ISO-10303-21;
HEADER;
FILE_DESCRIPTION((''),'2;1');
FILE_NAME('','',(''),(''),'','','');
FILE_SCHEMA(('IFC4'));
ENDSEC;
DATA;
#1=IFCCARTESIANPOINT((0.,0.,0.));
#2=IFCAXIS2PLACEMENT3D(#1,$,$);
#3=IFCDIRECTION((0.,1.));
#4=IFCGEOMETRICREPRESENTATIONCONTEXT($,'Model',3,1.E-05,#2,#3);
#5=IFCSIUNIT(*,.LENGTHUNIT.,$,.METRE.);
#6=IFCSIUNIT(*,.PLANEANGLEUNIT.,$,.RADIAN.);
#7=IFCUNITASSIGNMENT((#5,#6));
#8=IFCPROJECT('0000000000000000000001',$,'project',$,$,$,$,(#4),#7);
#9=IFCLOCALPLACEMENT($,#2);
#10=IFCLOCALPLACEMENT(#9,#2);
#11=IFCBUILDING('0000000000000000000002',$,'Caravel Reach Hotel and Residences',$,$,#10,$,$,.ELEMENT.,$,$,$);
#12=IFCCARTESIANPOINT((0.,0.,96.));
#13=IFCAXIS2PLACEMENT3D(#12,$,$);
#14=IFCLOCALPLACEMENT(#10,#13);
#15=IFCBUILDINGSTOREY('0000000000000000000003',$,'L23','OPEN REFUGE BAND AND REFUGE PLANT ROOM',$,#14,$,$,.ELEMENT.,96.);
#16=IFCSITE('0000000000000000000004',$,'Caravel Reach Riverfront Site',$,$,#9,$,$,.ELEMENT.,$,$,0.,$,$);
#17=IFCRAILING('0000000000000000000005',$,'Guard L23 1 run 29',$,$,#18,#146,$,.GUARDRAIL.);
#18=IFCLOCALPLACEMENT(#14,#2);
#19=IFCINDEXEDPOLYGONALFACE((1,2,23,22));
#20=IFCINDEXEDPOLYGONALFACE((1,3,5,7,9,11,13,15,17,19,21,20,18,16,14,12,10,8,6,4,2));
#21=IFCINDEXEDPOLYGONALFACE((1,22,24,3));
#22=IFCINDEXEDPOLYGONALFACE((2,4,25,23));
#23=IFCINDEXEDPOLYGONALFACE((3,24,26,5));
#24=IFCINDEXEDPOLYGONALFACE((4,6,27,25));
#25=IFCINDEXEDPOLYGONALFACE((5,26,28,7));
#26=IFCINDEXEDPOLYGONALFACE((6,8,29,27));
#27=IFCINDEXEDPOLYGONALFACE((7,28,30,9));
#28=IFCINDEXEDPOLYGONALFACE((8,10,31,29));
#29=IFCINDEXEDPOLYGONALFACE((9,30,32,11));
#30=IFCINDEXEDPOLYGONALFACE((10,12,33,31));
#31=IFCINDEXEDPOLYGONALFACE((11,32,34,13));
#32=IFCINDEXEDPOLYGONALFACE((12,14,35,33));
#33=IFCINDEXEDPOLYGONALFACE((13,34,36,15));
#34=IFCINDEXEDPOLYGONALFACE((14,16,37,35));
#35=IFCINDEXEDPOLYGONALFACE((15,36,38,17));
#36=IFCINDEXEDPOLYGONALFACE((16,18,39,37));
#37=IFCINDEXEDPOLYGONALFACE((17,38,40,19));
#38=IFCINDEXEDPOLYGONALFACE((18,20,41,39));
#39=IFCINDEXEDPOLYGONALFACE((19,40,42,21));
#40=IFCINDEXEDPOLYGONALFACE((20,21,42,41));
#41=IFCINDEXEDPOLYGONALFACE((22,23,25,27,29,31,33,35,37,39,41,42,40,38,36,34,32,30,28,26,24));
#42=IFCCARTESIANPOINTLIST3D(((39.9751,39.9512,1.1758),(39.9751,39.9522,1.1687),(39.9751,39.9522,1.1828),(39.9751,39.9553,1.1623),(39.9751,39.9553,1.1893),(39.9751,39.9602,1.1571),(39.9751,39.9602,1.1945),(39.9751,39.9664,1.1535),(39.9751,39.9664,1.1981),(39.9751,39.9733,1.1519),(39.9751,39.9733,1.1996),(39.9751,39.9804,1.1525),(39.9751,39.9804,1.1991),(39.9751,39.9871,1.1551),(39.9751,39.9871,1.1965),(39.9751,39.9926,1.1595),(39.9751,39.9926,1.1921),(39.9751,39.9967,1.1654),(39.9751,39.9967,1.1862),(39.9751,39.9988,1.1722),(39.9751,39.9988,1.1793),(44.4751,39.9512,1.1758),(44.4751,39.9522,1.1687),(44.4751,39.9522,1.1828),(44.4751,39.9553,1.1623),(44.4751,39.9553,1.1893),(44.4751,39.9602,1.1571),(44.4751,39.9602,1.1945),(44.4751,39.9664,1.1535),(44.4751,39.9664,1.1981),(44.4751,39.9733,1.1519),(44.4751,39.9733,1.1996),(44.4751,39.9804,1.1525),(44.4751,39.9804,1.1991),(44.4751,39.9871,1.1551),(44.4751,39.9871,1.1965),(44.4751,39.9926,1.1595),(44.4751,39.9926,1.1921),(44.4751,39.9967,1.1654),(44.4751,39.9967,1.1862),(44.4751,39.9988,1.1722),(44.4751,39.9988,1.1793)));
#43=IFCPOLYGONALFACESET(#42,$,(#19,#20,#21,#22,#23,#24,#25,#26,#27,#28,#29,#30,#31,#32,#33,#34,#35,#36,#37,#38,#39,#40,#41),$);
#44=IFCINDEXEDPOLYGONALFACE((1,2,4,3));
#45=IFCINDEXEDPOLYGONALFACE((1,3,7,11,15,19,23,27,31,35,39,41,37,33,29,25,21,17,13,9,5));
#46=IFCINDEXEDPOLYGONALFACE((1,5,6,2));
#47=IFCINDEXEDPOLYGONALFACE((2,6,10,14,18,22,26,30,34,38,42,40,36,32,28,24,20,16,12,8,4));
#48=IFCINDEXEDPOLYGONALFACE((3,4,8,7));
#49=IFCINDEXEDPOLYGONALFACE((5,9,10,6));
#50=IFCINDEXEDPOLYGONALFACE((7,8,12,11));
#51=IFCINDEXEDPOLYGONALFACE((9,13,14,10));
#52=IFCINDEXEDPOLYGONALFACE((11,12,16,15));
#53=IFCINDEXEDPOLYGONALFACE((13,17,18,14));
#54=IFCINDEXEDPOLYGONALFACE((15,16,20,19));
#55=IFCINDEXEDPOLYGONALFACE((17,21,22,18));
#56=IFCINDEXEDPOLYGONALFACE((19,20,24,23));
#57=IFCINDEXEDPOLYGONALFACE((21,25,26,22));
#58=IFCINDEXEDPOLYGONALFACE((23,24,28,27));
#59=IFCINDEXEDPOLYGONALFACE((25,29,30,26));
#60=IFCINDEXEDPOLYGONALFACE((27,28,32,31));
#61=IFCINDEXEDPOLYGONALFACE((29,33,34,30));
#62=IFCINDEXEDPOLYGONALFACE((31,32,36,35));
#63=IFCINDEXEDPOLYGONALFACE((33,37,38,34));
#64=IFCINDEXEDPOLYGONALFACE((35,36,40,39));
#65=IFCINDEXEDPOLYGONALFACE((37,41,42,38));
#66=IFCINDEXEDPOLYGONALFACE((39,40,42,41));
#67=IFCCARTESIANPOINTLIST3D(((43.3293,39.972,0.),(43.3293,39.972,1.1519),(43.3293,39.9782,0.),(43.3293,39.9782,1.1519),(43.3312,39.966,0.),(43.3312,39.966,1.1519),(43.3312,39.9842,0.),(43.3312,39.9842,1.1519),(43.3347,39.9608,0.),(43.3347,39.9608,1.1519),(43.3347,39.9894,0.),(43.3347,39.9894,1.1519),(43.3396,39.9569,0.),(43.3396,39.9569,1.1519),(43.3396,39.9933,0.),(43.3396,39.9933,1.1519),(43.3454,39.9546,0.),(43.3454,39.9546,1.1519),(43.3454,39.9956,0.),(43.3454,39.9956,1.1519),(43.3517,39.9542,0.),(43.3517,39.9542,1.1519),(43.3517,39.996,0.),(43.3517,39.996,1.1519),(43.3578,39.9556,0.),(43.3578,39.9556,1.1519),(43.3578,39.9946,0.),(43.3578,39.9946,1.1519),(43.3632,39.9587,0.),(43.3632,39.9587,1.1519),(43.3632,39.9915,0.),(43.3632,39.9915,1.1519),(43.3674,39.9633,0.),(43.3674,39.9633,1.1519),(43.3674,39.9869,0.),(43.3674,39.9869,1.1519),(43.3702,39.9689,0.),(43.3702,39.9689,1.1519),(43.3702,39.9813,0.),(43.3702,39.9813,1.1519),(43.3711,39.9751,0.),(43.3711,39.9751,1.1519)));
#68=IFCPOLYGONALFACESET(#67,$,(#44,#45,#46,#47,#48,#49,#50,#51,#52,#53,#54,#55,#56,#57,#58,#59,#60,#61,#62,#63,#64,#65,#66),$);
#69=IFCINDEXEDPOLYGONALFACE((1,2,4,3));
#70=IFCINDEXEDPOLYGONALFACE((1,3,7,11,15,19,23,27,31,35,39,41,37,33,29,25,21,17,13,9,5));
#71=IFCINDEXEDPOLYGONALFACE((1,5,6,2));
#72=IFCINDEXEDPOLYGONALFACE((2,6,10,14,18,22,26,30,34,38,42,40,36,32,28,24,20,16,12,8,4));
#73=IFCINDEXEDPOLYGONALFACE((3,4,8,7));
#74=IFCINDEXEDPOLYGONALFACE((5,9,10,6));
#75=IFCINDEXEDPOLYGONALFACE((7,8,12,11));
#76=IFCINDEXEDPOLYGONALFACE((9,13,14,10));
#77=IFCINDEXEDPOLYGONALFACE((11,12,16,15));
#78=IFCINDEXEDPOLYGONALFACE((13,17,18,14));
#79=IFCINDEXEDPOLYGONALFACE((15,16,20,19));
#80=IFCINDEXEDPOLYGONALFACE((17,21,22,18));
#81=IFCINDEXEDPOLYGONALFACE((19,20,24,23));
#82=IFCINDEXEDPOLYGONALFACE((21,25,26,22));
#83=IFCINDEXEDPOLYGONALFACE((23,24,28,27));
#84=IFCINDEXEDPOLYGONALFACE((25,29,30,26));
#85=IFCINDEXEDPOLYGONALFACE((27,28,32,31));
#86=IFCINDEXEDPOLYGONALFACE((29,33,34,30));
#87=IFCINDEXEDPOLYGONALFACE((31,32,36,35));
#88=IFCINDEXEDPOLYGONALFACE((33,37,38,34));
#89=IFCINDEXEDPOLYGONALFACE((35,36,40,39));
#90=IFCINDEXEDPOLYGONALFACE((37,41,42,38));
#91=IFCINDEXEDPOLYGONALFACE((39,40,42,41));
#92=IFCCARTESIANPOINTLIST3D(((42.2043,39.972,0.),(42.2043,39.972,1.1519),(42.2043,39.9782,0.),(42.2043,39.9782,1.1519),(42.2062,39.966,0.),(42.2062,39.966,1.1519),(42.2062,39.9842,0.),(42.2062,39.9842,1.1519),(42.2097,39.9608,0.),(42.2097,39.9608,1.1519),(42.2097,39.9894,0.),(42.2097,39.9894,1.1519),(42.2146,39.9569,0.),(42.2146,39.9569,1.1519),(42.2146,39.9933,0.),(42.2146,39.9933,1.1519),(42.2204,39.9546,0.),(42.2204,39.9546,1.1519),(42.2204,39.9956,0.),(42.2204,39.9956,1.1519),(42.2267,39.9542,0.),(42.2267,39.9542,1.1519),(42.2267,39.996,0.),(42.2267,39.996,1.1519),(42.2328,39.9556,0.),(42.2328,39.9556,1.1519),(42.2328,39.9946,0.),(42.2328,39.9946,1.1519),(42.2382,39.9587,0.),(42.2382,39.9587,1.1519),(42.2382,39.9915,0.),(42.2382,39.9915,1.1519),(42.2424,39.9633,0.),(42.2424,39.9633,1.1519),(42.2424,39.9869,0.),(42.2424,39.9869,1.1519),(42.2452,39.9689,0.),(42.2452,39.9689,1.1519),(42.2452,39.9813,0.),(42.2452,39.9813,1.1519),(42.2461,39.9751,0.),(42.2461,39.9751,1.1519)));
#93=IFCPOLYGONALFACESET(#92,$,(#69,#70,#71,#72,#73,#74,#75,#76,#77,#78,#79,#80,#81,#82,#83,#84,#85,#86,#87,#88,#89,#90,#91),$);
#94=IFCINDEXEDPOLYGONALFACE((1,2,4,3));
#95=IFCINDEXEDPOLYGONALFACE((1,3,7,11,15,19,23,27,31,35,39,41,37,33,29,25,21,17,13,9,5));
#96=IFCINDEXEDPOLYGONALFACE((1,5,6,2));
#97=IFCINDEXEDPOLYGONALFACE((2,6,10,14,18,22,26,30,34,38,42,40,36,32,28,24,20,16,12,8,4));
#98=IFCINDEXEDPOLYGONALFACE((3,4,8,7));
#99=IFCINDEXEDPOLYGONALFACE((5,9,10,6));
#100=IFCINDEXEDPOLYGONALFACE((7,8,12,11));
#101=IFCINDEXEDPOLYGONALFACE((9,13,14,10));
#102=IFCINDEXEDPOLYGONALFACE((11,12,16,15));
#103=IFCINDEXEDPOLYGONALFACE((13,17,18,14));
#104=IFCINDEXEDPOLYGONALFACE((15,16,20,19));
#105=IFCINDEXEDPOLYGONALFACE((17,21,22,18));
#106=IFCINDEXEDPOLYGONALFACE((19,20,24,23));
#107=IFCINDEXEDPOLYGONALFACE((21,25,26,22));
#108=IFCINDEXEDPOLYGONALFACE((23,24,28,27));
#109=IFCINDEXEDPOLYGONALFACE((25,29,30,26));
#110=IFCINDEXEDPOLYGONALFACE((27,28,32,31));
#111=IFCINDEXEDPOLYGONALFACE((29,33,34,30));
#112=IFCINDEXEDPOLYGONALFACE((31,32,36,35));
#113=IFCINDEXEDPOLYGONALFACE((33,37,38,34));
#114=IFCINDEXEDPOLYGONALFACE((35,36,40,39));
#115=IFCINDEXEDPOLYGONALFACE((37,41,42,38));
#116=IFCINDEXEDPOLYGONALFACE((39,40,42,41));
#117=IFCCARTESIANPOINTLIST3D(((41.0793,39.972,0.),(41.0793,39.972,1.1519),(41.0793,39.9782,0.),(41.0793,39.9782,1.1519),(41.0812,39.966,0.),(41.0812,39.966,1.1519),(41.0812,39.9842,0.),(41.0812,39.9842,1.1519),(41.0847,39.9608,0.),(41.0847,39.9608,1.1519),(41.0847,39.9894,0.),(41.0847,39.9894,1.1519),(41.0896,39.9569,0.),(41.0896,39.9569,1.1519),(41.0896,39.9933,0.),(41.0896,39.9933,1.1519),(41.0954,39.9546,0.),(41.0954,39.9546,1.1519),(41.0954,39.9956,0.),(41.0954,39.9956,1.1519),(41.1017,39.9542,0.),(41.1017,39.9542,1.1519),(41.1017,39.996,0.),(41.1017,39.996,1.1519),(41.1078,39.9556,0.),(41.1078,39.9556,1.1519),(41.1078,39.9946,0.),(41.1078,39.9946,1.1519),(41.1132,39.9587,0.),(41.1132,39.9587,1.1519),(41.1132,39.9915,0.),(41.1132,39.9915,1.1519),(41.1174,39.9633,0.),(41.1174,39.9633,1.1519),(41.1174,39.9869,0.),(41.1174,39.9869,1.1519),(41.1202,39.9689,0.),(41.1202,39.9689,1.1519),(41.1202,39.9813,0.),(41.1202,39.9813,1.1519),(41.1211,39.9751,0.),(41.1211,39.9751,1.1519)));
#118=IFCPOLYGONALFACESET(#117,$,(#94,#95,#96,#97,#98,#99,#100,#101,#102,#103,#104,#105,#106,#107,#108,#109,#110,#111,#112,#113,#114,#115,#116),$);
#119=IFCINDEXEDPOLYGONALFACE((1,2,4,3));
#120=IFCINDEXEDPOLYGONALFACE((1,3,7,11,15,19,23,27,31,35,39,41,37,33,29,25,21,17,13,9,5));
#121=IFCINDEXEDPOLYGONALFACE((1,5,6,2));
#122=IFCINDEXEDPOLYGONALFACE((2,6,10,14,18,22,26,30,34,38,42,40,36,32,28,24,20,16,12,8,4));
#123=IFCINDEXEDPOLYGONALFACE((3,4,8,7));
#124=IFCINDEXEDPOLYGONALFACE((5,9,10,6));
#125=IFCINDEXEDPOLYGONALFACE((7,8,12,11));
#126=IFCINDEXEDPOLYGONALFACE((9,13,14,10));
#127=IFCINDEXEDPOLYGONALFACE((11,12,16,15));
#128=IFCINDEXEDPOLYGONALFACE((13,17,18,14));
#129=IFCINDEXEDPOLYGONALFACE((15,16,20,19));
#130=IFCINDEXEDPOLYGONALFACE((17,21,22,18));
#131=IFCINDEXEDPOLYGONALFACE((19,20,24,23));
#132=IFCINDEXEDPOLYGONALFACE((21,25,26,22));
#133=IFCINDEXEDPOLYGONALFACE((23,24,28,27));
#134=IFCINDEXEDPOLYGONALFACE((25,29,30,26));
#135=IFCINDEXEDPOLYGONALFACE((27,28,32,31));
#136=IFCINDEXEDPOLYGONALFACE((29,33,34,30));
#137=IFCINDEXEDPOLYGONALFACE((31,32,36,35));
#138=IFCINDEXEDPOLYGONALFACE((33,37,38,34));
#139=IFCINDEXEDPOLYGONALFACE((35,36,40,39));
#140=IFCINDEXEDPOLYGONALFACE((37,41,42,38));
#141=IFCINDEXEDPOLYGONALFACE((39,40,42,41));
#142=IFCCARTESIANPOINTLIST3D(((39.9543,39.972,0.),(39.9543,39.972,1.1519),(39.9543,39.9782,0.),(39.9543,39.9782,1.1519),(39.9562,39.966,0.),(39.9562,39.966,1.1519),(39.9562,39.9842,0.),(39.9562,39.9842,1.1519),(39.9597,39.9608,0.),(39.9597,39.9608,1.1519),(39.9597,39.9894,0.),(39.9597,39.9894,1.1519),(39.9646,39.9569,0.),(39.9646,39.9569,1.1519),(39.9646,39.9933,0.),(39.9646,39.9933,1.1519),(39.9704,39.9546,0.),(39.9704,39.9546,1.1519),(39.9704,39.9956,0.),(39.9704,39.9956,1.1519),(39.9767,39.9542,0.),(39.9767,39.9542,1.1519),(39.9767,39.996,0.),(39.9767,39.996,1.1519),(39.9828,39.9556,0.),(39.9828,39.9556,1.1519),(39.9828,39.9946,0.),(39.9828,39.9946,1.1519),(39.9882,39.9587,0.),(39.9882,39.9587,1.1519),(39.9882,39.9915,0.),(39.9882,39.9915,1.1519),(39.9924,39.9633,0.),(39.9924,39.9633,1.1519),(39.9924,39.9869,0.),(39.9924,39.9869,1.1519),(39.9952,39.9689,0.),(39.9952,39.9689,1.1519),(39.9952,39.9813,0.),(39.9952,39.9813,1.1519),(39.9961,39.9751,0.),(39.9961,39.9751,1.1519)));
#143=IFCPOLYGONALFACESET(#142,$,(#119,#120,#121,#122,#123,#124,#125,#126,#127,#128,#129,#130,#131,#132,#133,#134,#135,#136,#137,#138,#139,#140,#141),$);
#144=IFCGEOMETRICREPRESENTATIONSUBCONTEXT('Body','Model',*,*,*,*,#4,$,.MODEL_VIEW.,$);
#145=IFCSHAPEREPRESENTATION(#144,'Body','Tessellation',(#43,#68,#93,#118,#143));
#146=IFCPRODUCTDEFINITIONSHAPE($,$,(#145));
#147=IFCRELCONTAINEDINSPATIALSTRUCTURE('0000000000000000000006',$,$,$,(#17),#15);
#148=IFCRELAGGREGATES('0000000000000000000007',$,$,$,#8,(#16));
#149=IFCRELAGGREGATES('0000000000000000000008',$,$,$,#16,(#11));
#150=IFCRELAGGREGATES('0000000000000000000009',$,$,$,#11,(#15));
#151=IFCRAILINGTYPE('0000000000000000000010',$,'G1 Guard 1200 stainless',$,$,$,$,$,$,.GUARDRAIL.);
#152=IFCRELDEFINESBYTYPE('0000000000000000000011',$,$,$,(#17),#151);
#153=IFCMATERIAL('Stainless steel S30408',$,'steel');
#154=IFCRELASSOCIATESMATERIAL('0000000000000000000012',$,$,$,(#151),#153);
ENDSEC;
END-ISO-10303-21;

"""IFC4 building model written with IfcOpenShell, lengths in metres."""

from ifc_helpers import new_model, si_unit, direction, frame, origin, origin_2d, place, context, subcontext, project, spatial, circle, extrude, material, type_object, element, save


model = new_model("IFC4")

# Units and contexts
model_context = context("Model", 3, precision=1e-05, world=origin(), true_north=direction((0.0, 1.0)))
body_context = subcontext(model_context, "Body", "Model", "MODEL_VIEW")
ifc_project = project(units=[si_unit("LENGTHUNIT", "METRE"), si_unit("PLANEANGLEUNIT", "RADIAN")], contexts=[model_context])

# Site, building, storey
site_placement = place(None, origin())
site = spatial("IfcSite", under=ifc_project, at=site_placement, Name="Caravel Reach Riverfront Site", CompositionType="ELEMENT", RefElevation=0.0)
building_placement = place(site_placement, origin())
building = spatial("IfcBuilding", under=site, at=building_placement, Name="Caravel Reach Hotel and Residences", CompositionType="ELEMENT")
storey_placement = place(building_placement, frame((0.0, 0.0, 96.0)))
storey = spatial("IfcBuildingStorey", under=building, at=storey_placement, Name="L23", Description="OPEN REFUGE BAND AND REFUGE PLANT ROOM", CompositionType="ELEMENT", Elevation=96.0)

# Railing
ifc_material_1 = material(Name="Stainless steel S30408", Category="steel")
railing_type_1 = type_object("IfcRailingType", Name="G1 Guard 1200 stainless", PredefinedType="GUARDRAIL", material=ifc_material_1)
railing_1_placement = place(storey_placement, frame((44.4751, 39.9751, 0.0)))
element("IfcRailing", 1, at=railing_1_placement, inside=storey, type_object=railing_type_1, Name="Guard L23 1 run 29", PredefinedType="GUARDRAIL", context=body_context, shape_type="SweptSolid", body=[
    extrude(circle(Radius=0.0239, at=origin_2d()), frame((0.0, 0.0, 1.1758), z_axis=(-1.0, 0.0, 0.0), x_axis=(0.0, -1.0, 0.0)), (0.0, 0.0, 1.0), 4.5),
    extrude(circle(Radius=0.021, at=origin_2d()), frame((-1.125, 0.0, 0.0)), (0.0, 0.0, 1.0), 1.1519),
    extrude(circle(Radius=0.021, at=origin_2d()), frame((-2.25, 0.0, 0.0)), (0.0, 0.0, 1.0), 1.1519),
    extrude(circle(Radius=0.021, at=origin_2d()), frame((-3.375, 0.0, 0.0)), (0.0, 0.0, 1.0), 1.1519),
    extrude(circle(Radius=0.021, at=origin_2d()), frame((-4.5, 0.0, 0.0)), (0.0, 0.0, 1.0), 1.1519),
])

save(model, "model.ifc")
